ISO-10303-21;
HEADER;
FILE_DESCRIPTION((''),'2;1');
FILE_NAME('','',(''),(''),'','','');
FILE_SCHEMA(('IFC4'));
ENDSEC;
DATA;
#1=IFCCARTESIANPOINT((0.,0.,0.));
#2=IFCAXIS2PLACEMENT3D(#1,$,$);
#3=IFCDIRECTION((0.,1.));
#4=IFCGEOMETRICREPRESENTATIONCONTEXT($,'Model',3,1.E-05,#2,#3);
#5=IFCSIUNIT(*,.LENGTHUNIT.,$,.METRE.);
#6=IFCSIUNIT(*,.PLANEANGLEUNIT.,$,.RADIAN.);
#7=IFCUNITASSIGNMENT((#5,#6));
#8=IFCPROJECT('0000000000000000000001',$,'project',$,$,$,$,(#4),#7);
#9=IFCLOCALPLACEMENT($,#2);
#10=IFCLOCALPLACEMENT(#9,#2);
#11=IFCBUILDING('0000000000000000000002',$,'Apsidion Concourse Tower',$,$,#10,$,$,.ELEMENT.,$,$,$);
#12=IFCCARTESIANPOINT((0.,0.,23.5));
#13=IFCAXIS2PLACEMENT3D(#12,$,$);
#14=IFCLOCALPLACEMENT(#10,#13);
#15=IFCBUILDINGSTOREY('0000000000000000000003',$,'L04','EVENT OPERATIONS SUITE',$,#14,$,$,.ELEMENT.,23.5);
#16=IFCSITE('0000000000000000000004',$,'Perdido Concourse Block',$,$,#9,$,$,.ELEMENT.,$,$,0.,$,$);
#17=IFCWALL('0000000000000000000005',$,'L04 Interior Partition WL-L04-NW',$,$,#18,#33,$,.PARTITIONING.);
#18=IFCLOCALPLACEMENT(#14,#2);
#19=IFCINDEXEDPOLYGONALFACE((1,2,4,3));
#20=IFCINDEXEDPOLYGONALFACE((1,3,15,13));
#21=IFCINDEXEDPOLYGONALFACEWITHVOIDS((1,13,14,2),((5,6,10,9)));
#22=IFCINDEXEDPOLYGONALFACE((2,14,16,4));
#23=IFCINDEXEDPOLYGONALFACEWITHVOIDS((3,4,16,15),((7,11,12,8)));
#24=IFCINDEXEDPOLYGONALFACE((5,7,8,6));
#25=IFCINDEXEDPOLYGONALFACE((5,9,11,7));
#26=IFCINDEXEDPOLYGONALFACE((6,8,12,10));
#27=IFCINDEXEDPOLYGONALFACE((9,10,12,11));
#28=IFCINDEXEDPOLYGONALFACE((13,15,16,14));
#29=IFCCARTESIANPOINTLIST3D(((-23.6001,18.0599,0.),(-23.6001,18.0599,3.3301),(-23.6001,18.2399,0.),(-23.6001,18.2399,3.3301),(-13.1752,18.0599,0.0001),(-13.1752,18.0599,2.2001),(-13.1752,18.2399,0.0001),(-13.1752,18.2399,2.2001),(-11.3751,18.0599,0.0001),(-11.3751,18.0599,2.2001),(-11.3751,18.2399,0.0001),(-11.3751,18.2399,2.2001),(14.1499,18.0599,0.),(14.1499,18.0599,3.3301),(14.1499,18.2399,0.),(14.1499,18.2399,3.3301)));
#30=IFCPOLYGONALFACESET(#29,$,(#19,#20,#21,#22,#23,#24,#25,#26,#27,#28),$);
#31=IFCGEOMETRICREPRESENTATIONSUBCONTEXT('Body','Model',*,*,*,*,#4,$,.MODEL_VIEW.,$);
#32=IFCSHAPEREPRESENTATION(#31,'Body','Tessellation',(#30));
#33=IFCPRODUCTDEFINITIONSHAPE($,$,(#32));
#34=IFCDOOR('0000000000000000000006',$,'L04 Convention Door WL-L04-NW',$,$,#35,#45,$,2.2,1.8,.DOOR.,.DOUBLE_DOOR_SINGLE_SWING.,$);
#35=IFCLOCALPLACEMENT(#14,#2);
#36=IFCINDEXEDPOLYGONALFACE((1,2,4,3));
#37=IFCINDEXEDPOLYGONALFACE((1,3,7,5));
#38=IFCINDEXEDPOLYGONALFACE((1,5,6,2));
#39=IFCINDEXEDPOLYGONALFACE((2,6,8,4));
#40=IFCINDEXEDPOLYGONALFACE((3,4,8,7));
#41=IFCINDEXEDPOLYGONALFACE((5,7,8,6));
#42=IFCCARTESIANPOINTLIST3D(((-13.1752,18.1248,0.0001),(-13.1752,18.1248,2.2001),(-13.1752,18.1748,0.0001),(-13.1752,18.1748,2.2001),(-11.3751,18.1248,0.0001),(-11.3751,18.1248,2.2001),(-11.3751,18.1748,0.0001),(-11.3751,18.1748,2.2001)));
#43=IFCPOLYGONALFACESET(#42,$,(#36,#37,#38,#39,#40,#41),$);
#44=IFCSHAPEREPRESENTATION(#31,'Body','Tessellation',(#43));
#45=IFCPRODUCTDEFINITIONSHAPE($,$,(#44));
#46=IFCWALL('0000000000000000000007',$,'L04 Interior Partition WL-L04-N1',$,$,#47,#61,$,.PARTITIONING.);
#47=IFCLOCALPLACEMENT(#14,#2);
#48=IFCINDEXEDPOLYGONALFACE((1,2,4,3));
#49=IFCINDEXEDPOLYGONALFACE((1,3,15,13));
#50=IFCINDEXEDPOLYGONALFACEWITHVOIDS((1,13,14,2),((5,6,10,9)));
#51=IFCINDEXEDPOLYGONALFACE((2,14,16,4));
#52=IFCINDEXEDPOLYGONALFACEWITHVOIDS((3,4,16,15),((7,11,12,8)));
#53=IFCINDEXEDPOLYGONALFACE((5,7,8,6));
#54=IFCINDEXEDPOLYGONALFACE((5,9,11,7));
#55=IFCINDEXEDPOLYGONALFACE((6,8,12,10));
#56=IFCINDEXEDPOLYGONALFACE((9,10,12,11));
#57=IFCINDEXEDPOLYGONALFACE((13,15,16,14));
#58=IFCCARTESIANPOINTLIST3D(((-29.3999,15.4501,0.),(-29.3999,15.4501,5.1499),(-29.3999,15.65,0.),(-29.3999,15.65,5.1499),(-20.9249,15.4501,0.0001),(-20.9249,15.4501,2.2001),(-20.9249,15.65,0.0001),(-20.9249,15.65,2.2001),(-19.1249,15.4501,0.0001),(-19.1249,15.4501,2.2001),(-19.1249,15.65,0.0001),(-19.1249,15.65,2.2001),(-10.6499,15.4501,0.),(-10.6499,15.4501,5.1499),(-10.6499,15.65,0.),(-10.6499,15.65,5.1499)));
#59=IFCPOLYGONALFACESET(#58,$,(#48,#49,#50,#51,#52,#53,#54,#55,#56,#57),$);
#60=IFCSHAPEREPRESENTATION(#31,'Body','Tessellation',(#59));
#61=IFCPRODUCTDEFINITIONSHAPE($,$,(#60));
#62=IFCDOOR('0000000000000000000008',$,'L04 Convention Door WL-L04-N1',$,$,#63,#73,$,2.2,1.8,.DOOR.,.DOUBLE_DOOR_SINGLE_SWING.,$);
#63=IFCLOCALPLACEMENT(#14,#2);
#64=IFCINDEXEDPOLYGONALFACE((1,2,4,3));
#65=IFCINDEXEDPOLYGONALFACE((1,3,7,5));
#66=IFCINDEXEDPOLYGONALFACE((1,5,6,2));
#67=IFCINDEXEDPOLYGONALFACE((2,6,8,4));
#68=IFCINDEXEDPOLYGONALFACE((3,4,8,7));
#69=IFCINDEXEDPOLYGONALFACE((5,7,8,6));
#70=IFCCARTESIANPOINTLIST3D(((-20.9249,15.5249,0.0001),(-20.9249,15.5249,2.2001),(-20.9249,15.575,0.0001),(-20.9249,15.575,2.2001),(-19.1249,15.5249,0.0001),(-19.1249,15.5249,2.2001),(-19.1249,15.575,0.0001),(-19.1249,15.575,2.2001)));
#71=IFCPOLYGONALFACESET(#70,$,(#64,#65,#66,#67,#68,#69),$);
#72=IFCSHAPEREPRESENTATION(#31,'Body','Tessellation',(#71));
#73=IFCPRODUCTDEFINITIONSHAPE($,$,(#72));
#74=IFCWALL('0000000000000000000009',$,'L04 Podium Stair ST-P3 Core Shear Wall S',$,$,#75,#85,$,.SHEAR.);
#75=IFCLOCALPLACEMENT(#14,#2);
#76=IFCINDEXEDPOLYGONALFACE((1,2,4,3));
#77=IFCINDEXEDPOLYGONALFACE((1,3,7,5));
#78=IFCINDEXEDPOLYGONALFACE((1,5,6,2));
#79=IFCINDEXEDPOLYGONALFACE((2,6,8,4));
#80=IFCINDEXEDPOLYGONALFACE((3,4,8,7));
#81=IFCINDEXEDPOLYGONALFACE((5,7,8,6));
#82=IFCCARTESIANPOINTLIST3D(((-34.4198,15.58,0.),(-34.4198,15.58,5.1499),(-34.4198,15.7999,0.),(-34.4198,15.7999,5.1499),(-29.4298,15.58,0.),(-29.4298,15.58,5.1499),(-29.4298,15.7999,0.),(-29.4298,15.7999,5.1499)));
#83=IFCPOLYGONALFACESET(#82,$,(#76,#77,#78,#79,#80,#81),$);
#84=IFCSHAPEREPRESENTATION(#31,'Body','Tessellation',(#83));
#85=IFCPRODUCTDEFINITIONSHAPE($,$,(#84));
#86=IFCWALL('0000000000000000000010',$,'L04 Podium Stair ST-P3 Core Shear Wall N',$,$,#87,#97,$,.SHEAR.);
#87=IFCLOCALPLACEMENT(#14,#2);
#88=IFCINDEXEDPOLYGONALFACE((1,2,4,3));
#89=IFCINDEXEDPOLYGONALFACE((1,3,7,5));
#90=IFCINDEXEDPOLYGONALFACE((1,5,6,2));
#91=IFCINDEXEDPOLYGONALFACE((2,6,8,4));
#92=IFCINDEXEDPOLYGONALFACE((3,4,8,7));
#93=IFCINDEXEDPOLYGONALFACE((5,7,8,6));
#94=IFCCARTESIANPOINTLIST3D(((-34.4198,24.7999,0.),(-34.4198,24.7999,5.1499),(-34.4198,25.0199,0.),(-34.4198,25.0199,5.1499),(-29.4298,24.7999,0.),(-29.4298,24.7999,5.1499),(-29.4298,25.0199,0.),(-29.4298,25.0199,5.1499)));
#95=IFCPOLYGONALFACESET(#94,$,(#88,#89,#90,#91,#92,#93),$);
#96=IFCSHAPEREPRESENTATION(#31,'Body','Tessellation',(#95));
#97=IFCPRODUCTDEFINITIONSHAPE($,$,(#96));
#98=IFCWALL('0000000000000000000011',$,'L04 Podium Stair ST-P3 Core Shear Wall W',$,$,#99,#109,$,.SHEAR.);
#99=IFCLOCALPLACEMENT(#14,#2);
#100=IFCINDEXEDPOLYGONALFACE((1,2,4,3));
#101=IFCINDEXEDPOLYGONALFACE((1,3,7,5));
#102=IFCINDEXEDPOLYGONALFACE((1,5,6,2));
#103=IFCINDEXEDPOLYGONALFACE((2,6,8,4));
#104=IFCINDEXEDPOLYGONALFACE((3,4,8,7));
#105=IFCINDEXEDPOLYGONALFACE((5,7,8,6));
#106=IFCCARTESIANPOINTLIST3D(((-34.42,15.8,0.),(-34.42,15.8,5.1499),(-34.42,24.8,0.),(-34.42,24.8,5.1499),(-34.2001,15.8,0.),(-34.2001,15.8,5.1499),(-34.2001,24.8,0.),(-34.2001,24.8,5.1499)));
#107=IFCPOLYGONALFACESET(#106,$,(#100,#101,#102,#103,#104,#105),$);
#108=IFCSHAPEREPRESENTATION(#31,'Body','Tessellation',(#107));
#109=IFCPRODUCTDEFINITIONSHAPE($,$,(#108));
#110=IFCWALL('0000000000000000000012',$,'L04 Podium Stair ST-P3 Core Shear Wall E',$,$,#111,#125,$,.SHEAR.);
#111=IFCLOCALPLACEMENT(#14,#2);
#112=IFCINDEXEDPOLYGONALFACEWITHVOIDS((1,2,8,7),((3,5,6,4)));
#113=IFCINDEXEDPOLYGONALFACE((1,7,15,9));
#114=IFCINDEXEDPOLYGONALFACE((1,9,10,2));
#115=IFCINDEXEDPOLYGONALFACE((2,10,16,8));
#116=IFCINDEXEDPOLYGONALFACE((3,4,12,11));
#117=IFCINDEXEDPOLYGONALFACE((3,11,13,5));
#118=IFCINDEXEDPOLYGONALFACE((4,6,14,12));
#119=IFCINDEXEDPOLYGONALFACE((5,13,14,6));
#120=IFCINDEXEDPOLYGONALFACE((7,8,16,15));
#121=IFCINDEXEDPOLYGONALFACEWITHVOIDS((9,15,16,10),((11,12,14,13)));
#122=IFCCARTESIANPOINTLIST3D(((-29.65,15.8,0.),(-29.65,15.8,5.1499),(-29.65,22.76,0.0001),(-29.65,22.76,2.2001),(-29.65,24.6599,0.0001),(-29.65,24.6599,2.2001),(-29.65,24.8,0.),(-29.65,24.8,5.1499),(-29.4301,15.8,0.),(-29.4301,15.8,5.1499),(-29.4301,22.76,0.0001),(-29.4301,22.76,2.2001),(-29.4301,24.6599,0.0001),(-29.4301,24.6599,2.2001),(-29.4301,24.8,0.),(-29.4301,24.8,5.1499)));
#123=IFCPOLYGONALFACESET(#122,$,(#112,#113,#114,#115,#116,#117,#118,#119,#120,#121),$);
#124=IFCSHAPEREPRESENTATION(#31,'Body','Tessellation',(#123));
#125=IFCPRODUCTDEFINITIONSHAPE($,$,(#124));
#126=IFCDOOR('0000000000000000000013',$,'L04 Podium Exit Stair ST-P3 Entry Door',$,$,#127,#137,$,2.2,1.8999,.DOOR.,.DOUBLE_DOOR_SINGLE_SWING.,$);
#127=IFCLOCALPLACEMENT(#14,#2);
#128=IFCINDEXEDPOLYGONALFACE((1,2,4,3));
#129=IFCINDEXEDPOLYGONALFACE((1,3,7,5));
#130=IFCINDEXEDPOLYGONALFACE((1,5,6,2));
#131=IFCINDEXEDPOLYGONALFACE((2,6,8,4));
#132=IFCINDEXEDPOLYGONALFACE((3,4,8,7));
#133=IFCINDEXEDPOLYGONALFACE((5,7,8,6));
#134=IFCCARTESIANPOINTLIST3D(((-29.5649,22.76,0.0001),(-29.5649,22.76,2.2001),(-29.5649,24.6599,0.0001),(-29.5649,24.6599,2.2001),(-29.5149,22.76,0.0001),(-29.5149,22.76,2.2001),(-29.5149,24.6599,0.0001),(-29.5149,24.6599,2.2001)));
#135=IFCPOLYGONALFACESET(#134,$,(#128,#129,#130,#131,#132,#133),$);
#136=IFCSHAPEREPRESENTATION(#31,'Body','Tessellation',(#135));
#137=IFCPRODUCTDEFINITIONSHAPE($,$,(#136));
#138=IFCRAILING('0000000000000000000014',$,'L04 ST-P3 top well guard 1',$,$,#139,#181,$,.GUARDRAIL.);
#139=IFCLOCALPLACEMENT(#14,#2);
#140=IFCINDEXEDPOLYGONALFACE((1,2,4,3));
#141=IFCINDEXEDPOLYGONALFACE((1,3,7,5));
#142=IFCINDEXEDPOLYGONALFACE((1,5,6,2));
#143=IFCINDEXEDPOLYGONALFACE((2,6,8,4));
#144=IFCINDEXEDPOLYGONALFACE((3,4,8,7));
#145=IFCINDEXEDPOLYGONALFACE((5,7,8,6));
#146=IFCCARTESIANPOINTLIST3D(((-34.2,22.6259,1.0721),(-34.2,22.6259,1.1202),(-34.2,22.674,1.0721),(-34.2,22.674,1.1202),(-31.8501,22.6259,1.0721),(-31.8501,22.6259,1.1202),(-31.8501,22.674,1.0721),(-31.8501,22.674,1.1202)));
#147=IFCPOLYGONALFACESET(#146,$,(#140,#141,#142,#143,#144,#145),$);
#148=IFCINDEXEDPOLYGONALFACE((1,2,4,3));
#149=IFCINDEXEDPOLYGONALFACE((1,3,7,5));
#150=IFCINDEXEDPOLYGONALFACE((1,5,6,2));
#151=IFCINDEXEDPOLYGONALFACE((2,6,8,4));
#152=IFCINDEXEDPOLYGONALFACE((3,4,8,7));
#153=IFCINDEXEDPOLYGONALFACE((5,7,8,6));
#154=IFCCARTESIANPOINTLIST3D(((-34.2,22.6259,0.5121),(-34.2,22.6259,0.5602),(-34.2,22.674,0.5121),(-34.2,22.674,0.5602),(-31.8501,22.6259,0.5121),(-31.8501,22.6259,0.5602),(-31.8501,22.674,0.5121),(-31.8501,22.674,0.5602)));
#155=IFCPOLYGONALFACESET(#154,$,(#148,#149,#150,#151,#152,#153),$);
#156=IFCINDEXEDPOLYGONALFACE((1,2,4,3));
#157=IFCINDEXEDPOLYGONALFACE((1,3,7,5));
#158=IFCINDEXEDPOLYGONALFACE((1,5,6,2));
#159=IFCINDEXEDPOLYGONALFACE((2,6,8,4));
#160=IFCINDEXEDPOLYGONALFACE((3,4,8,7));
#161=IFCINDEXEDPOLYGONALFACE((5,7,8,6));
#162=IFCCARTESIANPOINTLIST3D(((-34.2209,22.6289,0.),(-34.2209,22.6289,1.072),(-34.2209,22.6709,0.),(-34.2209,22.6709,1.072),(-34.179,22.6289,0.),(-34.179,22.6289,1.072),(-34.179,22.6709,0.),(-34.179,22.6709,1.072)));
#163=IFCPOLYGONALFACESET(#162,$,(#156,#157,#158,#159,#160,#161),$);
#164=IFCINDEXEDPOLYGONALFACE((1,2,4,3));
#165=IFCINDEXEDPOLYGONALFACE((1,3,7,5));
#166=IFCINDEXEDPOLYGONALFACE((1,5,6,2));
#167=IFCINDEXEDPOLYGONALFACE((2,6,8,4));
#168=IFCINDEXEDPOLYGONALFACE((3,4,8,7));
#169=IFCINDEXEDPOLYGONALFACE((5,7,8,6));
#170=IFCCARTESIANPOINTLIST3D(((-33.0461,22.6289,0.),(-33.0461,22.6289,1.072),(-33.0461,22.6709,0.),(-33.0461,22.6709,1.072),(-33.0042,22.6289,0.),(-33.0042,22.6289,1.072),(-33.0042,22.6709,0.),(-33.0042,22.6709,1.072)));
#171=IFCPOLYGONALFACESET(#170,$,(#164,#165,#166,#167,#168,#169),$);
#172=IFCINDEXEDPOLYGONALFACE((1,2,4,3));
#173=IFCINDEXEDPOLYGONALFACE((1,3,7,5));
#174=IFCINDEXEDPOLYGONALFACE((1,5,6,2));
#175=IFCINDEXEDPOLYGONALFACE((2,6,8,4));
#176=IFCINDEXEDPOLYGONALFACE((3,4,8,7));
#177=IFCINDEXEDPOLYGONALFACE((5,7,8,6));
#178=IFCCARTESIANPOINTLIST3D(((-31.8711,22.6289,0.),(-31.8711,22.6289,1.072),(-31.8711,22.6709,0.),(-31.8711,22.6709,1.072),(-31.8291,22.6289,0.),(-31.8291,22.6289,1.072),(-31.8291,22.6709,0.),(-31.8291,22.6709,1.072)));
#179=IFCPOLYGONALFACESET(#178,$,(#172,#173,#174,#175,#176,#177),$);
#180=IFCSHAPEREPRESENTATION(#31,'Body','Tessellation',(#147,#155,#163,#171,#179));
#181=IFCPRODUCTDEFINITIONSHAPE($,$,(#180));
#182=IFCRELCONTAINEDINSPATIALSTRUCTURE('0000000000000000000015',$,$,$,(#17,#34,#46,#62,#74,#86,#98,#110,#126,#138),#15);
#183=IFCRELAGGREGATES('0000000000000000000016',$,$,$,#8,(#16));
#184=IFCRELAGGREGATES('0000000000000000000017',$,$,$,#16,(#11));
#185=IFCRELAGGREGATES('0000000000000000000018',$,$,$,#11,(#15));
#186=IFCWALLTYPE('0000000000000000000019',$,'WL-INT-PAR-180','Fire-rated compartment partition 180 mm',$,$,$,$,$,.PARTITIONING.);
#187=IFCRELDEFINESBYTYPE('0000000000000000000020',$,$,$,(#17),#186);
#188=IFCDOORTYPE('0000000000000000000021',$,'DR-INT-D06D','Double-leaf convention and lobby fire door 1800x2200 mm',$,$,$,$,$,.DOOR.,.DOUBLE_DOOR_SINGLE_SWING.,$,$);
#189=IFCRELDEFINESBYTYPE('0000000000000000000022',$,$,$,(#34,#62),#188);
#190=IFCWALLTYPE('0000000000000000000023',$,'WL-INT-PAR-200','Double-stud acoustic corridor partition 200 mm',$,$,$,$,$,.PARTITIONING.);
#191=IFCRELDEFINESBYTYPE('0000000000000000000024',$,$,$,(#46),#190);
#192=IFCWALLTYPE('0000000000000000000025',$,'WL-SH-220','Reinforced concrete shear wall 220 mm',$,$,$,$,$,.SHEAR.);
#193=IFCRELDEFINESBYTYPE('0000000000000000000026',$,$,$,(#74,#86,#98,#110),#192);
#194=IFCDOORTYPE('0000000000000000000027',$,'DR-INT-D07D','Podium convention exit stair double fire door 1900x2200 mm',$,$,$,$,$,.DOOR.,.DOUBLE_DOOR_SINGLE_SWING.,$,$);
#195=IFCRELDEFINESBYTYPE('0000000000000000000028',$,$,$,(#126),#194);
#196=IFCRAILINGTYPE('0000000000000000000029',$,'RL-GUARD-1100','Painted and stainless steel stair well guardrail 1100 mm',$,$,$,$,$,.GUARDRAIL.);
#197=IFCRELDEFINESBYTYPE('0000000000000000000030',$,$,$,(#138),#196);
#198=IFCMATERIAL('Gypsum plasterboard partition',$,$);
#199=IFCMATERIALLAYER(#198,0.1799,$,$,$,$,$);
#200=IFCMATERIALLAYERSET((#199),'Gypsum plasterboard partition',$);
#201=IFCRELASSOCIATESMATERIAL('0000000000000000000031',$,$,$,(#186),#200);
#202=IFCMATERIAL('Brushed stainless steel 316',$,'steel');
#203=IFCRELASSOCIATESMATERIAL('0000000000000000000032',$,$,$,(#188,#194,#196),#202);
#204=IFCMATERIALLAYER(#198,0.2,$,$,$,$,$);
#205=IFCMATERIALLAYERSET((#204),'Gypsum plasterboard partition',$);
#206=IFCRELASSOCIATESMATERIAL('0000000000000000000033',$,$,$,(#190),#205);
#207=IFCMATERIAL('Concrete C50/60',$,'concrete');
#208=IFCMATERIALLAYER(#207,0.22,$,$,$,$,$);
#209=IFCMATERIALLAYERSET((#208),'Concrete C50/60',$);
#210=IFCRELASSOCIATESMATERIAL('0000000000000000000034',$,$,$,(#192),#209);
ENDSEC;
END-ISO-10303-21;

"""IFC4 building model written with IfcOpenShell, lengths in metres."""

from ifc_helpers import new_model, si_unit, direction, frame, frame_2d, origin, origin_2d, place, context, subcontext, project, spatial, rectangle, extrude, material, layer, layer_set, type_object, element, fill, save


model = new_model("IFC4")

# Units and contexts
model_context = context("Model", 3, precision=1e-05, world=origin(), true_north=direction((0.0, 1.0)))
body_context = subcontext(model_context, "Body", "Model", "MODEL_VIEW")
ifc_project = project(units=[si_unit("LENGTHUNIT", "METRE"), si_unit("PLANEANGLEUNIT", "RADIAN")], contexts=[model_context])

# Site, building, storey
site_placement = place(None, origin())
site = spatial("IfcSite", under=ifc_project, at=site_placement, Name="Perdido Concourse Block", CompositionType="ELEMENT", RefElevation=0.0)
building_placement = place(site_placement, origin())
building = spatial("IfcBuilding", under=site, at=building_placement, Name="Apsidion Concourse Tower", CompositionType="ELEMENT")
storey_placement = place(building_placement, frame((0.0, 0.0, 23.5)))
storey = spatial("IfcBuildingStorey", under=building, at=storey_placement, Name="L04", Description="EVENT OPERATIONS SUITE", CompositionType="ELEMENT", Elevation=23.5)

# Walls, openings, doors
ifc_material_1 = material(Name="Gypsum plasterboard partition")
ifc_layer_1 = layer(ifc_material_1, 0.1799)
ifc_layer_set_1 = layer_set([ifc_layer_1], Name="Gypsum plasterboard partition")
wall_type_1 = type_object("IfcWallType", Name="WL-INT-PAR-180", Description="Fire-rated compartment partition 180 mm", PredefinedType="PARTITIONING", material=ifc_layer_set_1)
wall_1_placement = place(storey_placement, frame((-23.6001, 18.1499, 0.0), z_axis=(0.0, 0.0, 1.0), x_axis=(1.0, 0.0, 0.0)))
wall_1 = element("IfcWall", 1, at=wall_1_placement, inside=storey, type_object=wall_type_1, Name="L04 Interior Partition WL-L04-NW", PredefinedType="PARTITIONING", context=body_context, shape_type="SweptSolid", body=[
    extrude(rectangle(XDim=37.75, YDim=0.1799, at=frame_2d((18.875, 0.0))), origin(), (0.0, 0.0, 1.0), 3.3301),
])
opening_1_placement = place(wall_1_placement, frame((10.425, 0.0, 0.0)))
opening_1 = element("IfcOpeningElement", 2, at=opening_1_placement, cuts=wall_1, PredefinedType="OPENING", context=body_context, shape_type="SweptSolid", body=[
    extrude(rectangle(XDim=1.8, YDim=2.2, at=frame_2d((0.8999, 1.1001))), frame((0.0, 0.1001, 0.0), z_axis=(0.0, -1.0, 0.0), x_axis=(1.0, 0.0, 0.0)), (0.0, 0.0, 1.0), 0.2),
])
ifc_material_2 = material(Name="Brushed stainless steel 316", Category="steel")
door_type_1 = type_object("IfcDoorType", Name="DR-INT-D06D", Description="Double-leaf convention and lobby fire door 1800x2200 mm", OperationType="DOUBLE_DOOR_SINGLE_SWING", PredefinedType="DOOR", material=ifc_material_2)
door_1_placement = place(opening_1_placement, origin())
door_1 = element("IfcDoor", 3, at=door_1_placement, inside=storey, type_object=door_type_1, Name="L04 Convention Door WL-L04-NW", OperationType="DOUBLE_DOOR_SINGLE_SWING", OverallHeight=2.2, OverallWidth=1.8, PredefinedType="DOOR", context=body_context, shape_type="SweptSolid", body=[
    extrude(rectangle(XDim=1.8, YDim=2.2, at=frame_2d((0.8999, 1.1001))), frame((0.0, 0.0249, 0.0), z_axis=(0.0, -1.0, 0.0), x_axis=(1.0, 0.0, 0.0)), (0.0, 0.0, 1.0), 0.05),
])
fill(opening_1, door_1)
ifc_layer_2 = layer(ifc_material_1, 0.2)
ifc_layer_set_2 = layer_set([ifc_layer_2], Name="Gypsum plasterboard partition")
wall_type_2 = type_object("IfcWallType", Name="WL-INT-PAR-200", Description="Double-stud acoustic corridor partition 200 mm", PredefinedType="PARTITIONING", material=ifc_layer_set_2)
wall_2_placement = place(storey_placement, frame((-29.3999, 15.55, 0.0), z_axis=(0.0, 0.0, 1.0), x_axis=(1.0, 0.0, 0.0)))
wall_2 = element("IfcWall", 4, at=wall_2_placement, inside=storey, type_object=wall_type_2, Name="L04 Interior Partition WL-L04-N1", PredefinedType="PARTITIONING", context=body_context, shape_type="SweptSolid", body=[
    extrude(rectangle(XDim=18.75, YDim=0.2, at=frame_2d((9.375, 0.0))), origin(), (0.0, 0.0, 1.0), 5.1499),
])
opening_2_placement = place(wall_2_placement, frame((8.4751, 0.0, 0.0)))
opening_2 = element("IfcOpeningElement", 5, at=opening_2_placement, cuts=wall_2, PredefinedType="OPENING", context=body_context, shape_type="SweptSolid", body=[
    extrude(rectangle(XDim=1.8, YDim=2.2, at=frame_2d((0.8999, 1.1001))), frame((0.0, 0.1099, 0.0), z_axis=(0.0, -1.0, 0.0), x_axis=(1.0, 0.0, 0.0)), (0.0, 0.0, 1.0), 0.22),
])
door_2_placement = place(opening_2_placement, origin())
door_2 = element("IfcDoor", 6, at=door_2_placement, inside=storey, type_object=door_type_1, Name="L04 Convention Door WL-L04-N1", OperationType="DOUBLE_DOOR_SINGLE_SWING", OverallHeight=2.2, OverallWidth=1.8, PredefinedType="DOOR", context=body_context, shape_type="SweptSolid", body=[
    extrude(rectangle(XDim=1.8, YDim=2.2, at=frame_2d((0.8999, 1.1001))), frame((0.0, 0.0249, 0.0), z_axis=(0.0, -1.0, 0.0), x_axis=(1.0, 0.0, 0.0)), (0.0, 0.0, 1.0), 0.05),
])
fill(opening_2, door_2)

# Walls
ifc_material_3 = material(Name="Concrete C50/60", Category="concrete")
ifc_layer_3 = layer(ifc_material_3, 0.22)
ifc_layer_set_3 = layer_set([ifc_layer_3], Name="Concrete C50/60")
wall_type_3 = type_object("IfcWallType", Name="WL-SH-220", Description="Reinforced concrete shear wall 220 mm", PredefinedType="SHEAR", material=ifc_layer_set_3)
for number, where, z_axis, x_axis, name in (
    (7, (-34.4199, 15.6899, 0.0), (0.0, 0.0, 1.0), (1.0, 0.0, 0.0), "L04 Podium Stair ST-P3 Core Shear Wall S"),
    (8, (-34.4199, 24.9099, 0.0), (0.0, 0.0, 1.0), (1.0, 0.0, 0.0), "L04 Podium Stair ST-P3 Core Shear Wall N"),
):
    element("IfcWall", number, at=place(storey_placement, frame(where, z_axis=z_axis, x_axis=x_axis)), inside=storey, type_object=wall_type_3, Name=name, PredefinedType="SHEAR", context=body_context, shape_type="SweptSolid", body=[
        extrude(rectangle(XDim=4.99, YDim=0.22, at=frame_2d((2.4951, 0.0))), origin(), (0.0, 0.0, 1.0), 5.1499),
    ])
wall_3_placement = place(storey_placement, frame((-34.3101, 15.8, 0.0), z_axis=(0.0, 0.0, 1.0), x_axis=(0.0, 1.0, 0.0)))
element("IfcWall", 9, at=wall_3_placement, inside=storey, type_object=wall_type_3, Name="L04 Podium Stair ST-P3 Core Shear Wall W", PredefinedType="SHEAR", context=body_context, shape_type="SweptSolid", body=[
    extrude(rectangle(XDim=9.0, YDim=0.22, at=frame_2d((4.5, 0.0))), origin(), (0.0, 0.0, 1.0), 5.1499),
])

# Wall, opening, door
wall_4_placement = place(storey_placement, frame((-29.54, 15.8, 0.0), z_axis=(0.0, 0.0, 1.0), x_axis=(0.0, 1.0, 0.0)))
wall_4 = element("IfcWall", 10, at=wall_4_placement, inside=storey, type_object=wall_type_3, Name="L04 Podium Stair ST-P3 Core Shear Wall E", PredefinedType="SHEAR", context=body_context, shape_type="SweptSolid", body=[
    extrude(rectangle(XDim=9.0, YDim=0.22, at=frame_2d((4.5, 0.0))), origin(), (0.0, 0.0, 1.0), 5.1499),
])
opening_3_placement = place(wall_4_placement, frame((6.96, 0.0, 0.0)))
opening_3 = element("IfcOpeningElement", 11, at=opening_3_placement, cuts=wall_4, PredefinedType="OPENING", context=body_context, shape_type="SweptSolid", body=[
    extrude(rectangle(XDim=1.8999, YDim=2.2, at=frame_2d((0.95, 1.1001))), frame((0.0, 0.1201, 0.0), z_axis=(0.0, -1.0, 0.0), x_axis=(1.0, 0.0, 0.0)), (0.0, 0.0, 1.0), 0.24),
])
door_type_2 = type_object("IfcDoorType", Name="DR-INT-D07D", Description="Podium convention exit stair double fire door 1900x2200 mm", OperationType="DOUBLE_DOOR_SINGLE_SWING", PredefinedType="DOOR", material=ifc_material_2)
door_3_placement = place(opening_3_placement, origin())
door_3 = element("IfcDoor", 12, at=door_3_placement, inside=storey, type_object=door_type_2, Name="L04 Podium Exit Stair ST-P3 Entry Door", OperationType="DOUBLE_DOOR_SINGLE_SWING", OverallHeight=2.2, OverallWidth=1.8999, PredefinedType="DOOR", context=body_context, shape_type="SweptSolid", body=[
    extrude(rectangle(XDim=1.8999, YDim=2.2, at=frame_2d((0.95, 1.1001))), frame((0.0, 0.0249, 0.0), z_axis=(0.0, -1.0, 0.0), x_axis=(1.0, 0.0, 0.0)), (0.0, 0.0, 1.0), 0.05),
])
fill(opening_3, door_3)

# Railing
railing_type_1 = type_object("IfcRailingType", Name="RL-GUARD-1100", Description="Painted and stainless steel stair well guardrail 1100 mm", PredefinedType="GUARDRAIL", material=ifc_material_2)
railing_1_placement = place(storey_placement, frame((-34.2, 22.6499, 0.0)))
element("IfcRailing", 13, at=railing_1_placement, inside=storey, type_object=railing_type_1, Name="L04 ST-P3 top well guard 1", PredefinedType="GUARDRAIL", context=body_context, shape_type="SweptSolid", body=[
    extrude(rectangle(XDim=0.0481, YDim=0.0481, at=origin_2d()), frame((0.0, 0.0, 1.0962), z_axis=(1.0, 0.0, 0.0), x_axis=(0.0, 1.0, 0.0)), (0.0, 0.0, 1.0), 2.3499),
    extrude(rectangle(XDim=0.0481, YDim=0.0481, at=origin_2d()), frame((0.0, 0.0, 0.5361), z_axis=(1.0, 0.0, 0.0), x_axis=(0.0, 1.0, 0.0)), (0.0, 0.0, 1.0), 2.3499),
    extrude(rectangle(XDim=0.042, YDim=0.042, at=origin_2d()), origin(), (0.0, 0.0, 1.0), 1.072),
    extrude(rectangle(XDim=0.042, YDim=0.042, at=origin_2d()), frame((1.1748, 0.0, 0.0)), (0.0, 0.0, 1.0), 1.072),
    extrude(rectangle(XDim=0.042, YDim=0.042, at=origin_2d()), frame((2.3499, 0.0, 0.0)), (0.0, 0.0, 1.0), 1.072),
])

save(model, "model.ifc")
